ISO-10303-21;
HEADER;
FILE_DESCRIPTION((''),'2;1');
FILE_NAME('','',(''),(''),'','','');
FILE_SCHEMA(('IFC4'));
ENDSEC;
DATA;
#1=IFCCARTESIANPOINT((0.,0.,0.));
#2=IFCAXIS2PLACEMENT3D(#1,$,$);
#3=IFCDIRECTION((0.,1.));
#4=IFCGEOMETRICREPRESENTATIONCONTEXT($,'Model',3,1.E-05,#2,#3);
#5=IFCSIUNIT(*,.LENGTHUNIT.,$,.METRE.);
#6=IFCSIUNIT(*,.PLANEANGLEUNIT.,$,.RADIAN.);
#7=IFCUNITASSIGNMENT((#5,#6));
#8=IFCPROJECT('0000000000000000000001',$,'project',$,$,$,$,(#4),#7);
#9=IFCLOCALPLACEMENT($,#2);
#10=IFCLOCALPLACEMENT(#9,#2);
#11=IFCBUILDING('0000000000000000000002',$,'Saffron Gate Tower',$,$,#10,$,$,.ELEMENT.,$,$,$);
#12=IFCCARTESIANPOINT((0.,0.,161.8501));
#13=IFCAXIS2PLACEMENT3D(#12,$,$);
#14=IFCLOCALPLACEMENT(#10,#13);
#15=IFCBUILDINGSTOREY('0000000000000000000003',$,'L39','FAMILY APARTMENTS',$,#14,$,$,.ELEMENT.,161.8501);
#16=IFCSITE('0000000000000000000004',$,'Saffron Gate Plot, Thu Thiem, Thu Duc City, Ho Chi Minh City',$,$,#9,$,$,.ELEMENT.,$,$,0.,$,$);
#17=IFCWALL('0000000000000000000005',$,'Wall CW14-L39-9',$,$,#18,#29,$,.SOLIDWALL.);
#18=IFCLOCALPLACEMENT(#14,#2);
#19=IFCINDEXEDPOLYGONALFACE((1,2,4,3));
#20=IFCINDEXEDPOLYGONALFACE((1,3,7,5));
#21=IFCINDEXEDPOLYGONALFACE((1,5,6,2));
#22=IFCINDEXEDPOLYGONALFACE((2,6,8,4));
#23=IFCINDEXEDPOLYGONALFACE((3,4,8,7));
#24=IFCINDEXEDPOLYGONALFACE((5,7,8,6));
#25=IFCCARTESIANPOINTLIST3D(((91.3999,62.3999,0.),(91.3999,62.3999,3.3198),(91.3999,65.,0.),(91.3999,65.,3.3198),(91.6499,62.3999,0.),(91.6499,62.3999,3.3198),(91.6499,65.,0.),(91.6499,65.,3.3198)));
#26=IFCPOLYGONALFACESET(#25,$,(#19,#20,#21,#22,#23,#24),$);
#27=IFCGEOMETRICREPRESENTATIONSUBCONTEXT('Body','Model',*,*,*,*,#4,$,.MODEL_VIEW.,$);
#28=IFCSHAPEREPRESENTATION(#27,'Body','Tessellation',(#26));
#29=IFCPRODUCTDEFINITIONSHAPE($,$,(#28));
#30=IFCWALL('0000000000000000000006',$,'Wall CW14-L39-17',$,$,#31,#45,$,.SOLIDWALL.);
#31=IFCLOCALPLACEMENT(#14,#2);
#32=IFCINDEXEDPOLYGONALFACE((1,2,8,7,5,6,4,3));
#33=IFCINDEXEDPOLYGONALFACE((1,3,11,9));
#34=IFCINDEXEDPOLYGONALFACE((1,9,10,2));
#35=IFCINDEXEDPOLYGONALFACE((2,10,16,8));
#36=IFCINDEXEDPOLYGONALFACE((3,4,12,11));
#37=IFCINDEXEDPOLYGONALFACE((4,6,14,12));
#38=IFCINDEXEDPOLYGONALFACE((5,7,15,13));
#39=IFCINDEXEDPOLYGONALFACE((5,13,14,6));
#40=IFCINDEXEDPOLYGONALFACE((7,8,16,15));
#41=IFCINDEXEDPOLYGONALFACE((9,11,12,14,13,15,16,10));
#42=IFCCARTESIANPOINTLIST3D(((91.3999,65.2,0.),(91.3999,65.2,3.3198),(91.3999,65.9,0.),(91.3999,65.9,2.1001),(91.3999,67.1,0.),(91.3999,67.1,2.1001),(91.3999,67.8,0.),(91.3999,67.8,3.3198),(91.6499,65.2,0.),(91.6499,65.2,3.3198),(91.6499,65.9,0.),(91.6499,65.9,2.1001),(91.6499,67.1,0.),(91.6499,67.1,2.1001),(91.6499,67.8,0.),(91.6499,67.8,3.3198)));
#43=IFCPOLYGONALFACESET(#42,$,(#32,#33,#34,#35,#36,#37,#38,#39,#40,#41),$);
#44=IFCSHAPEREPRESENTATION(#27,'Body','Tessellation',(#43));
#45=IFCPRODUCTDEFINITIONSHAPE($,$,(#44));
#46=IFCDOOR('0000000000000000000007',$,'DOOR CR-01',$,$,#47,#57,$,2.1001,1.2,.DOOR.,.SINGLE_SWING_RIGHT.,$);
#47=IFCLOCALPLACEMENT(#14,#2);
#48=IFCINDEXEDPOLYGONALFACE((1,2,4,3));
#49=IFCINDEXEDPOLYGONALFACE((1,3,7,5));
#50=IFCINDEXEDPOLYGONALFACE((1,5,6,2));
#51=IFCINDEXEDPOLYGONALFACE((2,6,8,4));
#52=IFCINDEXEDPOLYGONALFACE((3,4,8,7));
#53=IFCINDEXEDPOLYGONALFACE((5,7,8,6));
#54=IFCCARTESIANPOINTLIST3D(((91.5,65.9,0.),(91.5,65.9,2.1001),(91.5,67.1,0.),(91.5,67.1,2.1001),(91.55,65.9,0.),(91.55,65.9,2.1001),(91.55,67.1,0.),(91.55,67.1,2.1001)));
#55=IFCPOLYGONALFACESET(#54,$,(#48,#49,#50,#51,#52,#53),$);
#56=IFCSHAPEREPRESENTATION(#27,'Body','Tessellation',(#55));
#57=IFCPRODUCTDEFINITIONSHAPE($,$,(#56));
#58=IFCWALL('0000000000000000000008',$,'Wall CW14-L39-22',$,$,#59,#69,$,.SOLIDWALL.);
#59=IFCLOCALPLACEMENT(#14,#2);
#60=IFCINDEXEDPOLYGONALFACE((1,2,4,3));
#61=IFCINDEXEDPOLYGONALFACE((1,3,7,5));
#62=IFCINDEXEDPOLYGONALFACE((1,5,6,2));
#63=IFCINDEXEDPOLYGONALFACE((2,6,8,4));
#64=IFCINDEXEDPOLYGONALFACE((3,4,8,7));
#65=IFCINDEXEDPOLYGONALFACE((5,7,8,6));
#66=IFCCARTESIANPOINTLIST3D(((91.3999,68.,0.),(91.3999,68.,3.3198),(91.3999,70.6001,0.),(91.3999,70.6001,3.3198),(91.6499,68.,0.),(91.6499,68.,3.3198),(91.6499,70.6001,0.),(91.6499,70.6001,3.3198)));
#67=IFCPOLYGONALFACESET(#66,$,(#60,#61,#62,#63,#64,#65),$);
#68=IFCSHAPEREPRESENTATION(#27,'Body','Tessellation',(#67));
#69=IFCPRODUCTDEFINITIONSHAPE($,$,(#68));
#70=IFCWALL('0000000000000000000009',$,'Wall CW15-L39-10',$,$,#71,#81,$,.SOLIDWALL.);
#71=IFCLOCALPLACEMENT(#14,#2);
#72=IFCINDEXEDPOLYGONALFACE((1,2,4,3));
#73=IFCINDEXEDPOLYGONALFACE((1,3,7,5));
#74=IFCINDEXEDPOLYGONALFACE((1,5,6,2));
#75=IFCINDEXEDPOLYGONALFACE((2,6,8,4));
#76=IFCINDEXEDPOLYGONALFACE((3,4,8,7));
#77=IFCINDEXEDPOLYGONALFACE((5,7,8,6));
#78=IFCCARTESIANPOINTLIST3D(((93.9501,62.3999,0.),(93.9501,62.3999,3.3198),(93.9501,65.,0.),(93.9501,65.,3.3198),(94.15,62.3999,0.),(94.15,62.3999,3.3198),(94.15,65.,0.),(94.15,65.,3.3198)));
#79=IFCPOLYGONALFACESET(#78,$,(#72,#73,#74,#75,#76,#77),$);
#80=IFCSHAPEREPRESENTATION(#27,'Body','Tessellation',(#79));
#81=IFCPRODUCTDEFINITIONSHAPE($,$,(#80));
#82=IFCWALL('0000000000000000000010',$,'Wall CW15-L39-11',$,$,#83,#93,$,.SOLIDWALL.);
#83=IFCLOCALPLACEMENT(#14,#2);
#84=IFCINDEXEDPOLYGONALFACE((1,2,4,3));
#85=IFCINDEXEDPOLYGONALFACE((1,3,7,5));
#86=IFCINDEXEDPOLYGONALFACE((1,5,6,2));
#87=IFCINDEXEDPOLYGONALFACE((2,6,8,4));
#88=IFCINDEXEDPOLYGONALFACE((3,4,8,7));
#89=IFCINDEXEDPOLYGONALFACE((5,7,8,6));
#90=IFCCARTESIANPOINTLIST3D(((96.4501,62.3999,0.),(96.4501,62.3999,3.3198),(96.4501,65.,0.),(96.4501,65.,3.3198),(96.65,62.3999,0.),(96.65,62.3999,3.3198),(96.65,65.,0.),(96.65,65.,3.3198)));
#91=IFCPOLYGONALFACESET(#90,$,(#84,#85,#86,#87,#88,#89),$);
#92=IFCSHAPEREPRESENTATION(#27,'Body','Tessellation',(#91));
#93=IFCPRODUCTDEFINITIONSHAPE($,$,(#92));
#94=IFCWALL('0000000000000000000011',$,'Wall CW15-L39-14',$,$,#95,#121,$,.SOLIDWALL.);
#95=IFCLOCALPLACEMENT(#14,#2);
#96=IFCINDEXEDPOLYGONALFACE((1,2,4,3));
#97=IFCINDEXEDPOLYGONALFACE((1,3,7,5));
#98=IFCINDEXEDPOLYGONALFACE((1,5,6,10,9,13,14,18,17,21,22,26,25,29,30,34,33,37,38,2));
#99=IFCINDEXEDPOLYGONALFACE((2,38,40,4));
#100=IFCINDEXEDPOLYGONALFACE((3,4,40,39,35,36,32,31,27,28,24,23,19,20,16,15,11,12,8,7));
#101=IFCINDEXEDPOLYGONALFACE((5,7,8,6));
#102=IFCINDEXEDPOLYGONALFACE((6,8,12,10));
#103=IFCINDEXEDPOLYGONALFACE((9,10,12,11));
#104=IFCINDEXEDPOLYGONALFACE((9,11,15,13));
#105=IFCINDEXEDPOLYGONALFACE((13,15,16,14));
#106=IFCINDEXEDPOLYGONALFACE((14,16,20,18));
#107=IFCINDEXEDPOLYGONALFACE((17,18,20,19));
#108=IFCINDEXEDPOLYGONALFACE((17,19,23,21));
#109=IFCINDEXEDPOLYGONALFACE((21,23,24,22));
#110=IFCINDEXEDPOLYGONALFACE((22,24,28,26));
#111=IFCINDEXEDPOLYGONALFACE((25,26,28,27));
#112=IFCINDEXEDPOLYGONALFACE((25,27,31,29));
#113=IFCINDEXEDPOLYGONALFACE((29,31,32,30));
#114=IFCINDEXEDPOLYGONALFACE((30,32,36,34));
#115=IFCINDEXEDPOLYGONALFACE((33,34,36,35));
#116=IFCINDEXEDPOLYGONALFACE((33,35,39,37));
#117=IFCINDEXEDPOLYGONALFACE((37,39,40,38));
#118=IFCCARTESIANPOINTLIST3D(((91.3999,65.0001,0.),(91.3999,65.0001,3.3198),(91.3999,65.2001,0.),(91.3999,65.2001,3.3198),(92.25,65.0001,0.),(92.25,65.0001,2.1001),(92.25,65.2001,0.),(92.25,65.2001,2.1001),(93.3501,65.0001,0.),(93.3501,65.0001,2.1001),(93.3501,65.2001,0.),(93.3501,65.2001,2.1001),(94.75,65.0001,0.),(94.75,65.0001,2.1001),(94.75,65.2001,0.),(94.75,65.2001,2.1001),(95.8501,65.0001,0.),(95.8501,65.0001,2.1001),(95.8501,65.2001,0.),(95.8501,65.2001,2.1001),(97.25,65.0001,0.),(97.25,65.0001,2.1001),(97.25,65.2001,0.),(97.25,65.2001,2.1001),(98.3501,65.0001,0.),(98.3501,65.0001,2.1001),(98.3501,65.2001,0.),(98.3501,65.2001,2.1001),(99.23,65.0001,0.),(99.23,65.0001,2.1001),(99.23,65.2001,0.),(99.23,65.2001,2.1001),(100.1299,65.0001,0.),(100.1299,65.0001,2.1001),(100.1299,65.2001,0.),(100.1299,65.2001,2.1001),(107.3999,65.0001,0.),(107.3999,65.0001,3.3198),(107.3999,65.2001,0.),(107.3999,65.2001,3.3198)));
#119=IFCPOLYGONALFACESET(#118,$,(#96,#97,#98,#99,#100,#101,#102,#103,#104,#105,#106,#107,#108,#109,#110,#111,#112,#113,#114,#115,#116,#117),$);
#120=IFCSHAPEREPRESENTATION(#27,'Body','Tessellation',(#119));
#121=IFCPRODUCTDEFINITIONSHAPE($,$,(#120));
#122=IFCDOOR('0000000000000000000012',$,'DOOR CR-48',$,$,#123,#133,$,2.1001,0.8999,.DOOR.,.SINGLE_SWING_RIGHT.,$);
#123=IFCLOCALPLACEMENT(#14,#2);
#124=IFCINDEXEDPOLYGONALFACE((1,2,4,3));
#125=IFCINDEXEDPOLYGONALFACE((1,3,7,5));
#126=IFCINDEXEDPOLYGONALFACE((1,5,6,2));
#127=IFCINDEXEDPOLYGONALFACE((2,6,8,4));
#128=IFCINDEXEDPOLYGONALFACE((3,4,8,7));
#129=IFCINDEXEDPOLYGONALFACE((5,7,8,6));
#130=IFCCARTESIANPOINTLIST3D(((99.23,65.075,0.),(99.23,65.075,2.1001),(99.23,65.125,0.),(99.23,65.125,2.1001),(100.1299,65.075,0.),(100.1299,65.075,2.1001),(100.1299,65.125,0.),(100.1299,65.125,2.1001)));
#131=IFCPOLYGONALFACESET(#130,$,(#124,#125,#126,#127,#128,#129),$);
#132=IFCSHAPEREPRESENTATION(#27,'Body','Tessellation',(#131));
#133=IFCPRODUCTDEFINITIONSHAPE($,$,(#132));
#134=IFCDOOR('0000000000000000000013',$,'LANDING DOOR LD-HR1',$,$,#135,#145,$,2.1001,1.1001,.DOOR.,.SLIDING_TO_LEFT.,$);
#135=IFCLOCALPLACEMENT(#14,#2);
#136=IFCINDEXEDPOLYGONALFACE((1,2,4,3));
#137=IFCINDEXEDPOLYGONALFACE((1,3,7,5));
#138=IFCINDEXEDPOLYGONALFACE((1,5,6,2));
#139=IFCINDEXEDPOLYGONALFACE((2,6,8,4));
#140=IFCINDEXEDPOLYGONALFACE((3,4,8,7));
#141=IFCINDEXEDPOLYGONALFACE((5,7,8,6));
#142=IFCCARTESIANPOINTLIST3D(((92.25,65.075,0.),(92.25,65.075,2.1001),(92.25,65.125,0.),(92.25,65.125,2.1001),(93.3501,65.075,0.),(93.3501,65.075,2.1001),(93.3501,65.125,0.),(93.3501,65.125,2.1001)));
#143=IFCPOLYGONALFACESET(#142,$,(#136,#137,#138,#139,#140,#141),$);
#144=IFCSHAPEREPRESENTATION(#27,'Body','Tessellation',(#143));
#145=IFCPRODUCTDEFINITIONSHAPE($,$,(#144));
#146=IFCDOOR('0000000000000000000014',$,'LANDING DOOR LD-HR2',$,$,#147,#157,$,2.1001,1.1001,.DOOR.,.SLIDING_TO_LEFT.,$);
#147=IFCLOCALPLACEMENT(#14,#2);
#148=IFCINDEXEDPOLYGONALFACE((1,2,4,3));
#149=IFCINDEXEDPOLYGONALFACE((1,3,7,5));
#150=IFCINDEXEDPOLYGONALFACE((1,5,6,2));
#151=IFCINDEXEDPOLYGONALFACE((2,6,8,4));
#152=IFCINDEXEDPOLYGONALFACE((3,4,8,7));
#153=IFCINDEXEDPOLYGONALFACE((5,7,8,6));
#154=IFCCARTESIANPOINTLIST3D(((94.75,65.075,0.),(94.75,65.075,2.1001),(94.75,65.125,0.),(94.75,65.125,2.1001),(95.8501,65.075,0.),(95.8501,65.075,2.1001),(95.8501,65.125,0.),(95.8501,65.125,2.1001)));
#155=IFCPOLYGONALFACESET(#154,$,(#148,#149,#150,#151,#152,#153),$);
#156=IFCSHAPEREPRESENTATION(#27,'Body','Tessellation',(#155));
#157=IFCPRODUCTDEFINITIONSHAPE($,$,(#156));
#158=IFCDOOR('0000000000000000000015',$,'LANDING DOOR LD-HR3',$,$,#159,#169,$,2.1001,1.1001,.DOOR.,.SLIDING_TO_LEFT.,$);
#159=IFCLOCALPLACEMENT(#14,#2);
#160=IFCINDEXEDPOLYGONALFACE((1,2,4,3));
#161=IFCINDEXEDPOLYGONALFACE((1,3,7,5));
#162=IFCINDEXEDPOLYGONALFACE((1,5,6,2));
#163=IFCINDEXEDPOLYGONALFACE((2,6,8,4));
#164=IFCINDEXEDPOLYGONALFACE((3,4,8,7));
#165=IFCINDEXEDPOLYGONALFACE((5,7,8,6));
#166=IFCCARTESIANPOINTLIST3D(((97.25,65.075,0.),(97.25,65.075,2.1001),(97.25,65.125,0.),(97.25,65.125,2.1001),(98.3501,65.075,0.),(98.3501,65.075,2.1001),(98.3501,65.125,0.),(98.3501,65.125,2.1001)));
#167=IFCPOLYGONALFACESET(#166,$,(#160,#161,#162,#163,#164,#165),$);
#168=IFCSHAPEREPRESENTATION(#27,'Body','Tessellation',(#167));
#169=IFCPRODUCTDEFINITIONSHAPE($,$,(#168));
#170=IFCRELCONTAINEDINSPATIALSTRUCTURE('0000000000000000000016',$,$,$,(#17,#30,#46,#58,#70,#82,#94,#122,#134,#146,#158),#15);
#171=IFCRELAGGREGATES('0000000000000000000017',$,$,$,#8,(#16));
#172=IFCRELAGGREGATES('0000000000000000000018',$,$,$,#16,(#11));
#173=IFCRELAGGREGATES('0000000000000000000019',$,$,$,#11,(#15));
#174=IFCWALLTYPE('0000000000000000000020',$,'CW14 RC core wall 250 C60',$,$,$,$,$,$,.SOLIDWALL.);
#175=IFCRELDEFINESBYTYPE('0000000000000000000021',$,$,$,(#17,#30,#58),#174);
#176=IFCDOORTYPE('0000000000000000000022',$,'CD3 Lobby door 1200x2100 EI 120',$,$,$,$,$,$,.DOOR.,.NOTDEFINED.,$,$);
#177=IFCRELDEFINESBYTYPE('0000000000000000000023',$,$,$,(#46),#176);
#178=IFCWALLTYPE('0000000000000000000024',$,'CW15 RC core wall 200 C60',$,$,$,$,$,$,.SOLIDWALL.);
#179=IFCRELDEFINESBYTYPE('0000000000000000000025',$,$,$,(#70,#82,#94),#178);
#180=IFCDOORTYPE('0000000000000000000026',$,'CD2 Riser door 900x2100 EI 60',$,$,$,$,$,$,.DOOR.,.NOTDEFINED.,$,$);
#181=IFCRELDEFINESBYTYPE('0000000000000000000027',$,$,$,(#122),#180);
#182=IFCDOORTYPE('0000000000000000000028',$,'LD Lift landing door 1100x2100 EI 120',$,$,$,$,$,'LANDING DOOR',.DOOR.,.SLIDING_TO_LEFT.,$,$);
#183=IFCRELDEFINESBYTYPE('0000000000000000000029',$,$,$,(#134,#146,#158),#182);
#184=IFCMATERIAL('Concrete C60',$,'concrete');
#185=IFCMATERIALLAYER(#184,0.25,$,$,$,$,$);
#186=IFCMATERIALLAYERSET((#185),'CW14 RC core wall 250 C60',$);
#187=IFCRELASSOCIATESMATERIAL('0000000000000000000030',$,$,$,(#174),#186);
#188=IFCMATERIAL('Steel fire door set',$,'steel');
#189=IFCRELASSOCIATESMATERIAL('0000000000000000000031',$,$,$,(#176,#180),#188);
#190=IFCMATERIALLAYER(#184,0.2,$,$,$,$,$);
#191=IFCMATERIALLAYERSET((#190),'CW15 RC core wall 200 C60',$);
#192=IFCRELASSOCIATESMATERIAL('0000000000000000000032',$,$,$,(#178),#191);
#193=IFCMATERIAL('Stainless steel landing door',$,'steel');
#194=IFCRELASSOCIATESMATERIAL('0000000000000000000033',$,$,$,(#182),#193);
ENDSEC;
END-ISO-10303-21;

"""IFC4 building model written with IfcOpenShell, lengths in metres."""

from ifc_helpers import new_model, si_unit, direction, frame, frame_2d, origin, place, context, subcontext, project, spatial, rectangle, extrude, material, layer, layer_set, type_object, element, fill, save


model = new_model("IFC4")

# Units and contexts
model_context = context("Model", 3, precision=1e-05, world=origin(), true_north=direction((0.0, 1.0)))
body_context = subcontext(model_context, "Body", "Model", "MODEL_VIEW")
ifc_project = project(units=[si_unit("LENGTHUNIT", "METRE"), si_unit("PLANEANGLEUNIT", "RADIAN")], contexts=[model_context])

# Site, building, storey
site_placement = place(None, origin())
site = spatial("IfcSite", under=ifc_project, at=site_placement, Name="Saffron Gate Plot, Thu Thiem, Thu Duc City, Ho Chi Minh City", CompositionType="ELEMENT", RefElevation=0.0)
building_placement = place(site_placement, origin())
building = spatial("IfcBuilding", under=site, at=building_placement, Name="Saffron Gate Tower", CompositionType="ELEMENT")
storey_placement = place(building_placement, frame((0.0, 0.0, 161.8501)))
storey = spatial("IfcBuildingStorey", under=building, at=storey_placement, Name="L39", Description="FAMILY APARTMENTS", CompositionType="ELEMENT", Elevation=161.8501)

# Wall
ifc_material_1 = material(Name="Concrete C60", Category="concrete")
ifc_layer_1 = layer(ifc_material_1, 0.25)
ifc_layer_set_1 = layer_set([ifc_layer_1], Name="CW14 RC core wall 250 C60")
wall_type_1 = type_object("IfcWallType", Name="CW14 RC core wall 250 C60", PredefinedType="SOLIDWALL", material=ifc_layer_set_1)
wall_1_placement = place(storey_placement, frame((91.5249, 62.3999, 0.0), z_axis=(0.0, 0.0, 1.0), x_axis=(0.0, 1.0, 0.0)))
element("IfcWall", 1, at=wall_1_placement, inside=storey, type_object=wall_type_1, Name="Wall CW14-L39-9", PredefinedType="SOLIDWALL", context=body_context, shape_type="SweptSolid", body=[
    extrude(rectangle(XDim=2.6001, YDim=0.25, at=frame_2d((1.3, 0.0))), origin(), (0.0, 0.0, 1.0), 3.3198),
])

# Wall, opening, door
wall_2_placement = place(storey_placement, frame((91.5249, 65.2, 0.0), z_axis=(0.0, 0.0, 1.0), x_axis=(0.0, 1.0, 0.0)))
wall_2 = element("IfcWall", 2, at=wall_2_placement, inside=storey, type_object=wall_type_1, Name="Wall CW14-L39-17", PredefinedType="SOLIDWALL", context=body_context, shape_type="SweptSolid", body=[
    extrude(rectangle(XDim=2.6001, YDim=0.25, at=frame_2d((1.3, 0.0))), origin(), (0.0, 0.0, 1.0), 3.3198),
])
opening_1_placement = place(wall_2_placement, frame((0.7, 0.0, 0.0)))
opening_1 = element("IfcOpeningElement", 3, at=opening_1_placement, cuts=wall_2, PredefinedType="OPENING", context=body_context, shape_type="SweptSolid", body=[
    extrude(rectangle(XDim=1.2, YDim=2.1001, at=frame_2d((0.6001, 1.05))), frame((0.0, 0.135, 0.0), z_axis=(0.0, -1.0, 0.0), x_axis=(1.0, 0.0, 0.0)), (0.0, 0.0, 1.0), 0.27),
])
ifc_material_2 = material(Name="Steel fire door set", Category="steel")
door_type_1 = type_object("IfcDoorType", Name="CD3 Lobby door 1200x2100 EI 120", OperationType="NOTDEFINED", PredefinedType="DOOR", material=ifc_material_2)
door_1_placement = place(opening_1_placement, origin())
door_1 = element("IfcDoor", 4, at=door_1_placement, inside=storey, type_object=door_type_1, Name="DOOR CR-01", OperationType="SINGLE_SWING_RIGHT", OverallHeight=2.1001, OverallWidth=1.2, PredefinedType="DOOR", context=body_context, shape_type="SweptSolid", body=[
    extrude(rectangle(XDim=1.2, YDim=2.1001, at=frame_2d((0.6001, 1.05))), frame((0.0, 0.0249, 0.0), z_axis=(0.0, -1.0, 0.0), x_axis=(1.0, 0.0, 0.0)), (0.0, 0.0, 1.0), 0.05),
])
fill(opening_1, door_1)

# Walls
wall_3_placement = place(storey_placement, frame((91.5249, 68.0, 0.0), z_axis=(0.0, 0.0, 1.0), x_axis=(0.0, 1.0, 0.0)))
element("IfcWall", 5, at=wall_3_placement, inside=storey, type_object=wall_type_1, Name="Wall CW14-L39-22", PredefinedType="SOLIDWALL", context=body_context, shape_type="SweptSolid", body=[
    extrude(rectangle(XDim=2.6001, YDim=0.25, at=frame_2d((1.3, 0.0))), origin(), (0.0, 0.0, 1.0), 3.3198),
])
ifc_layer_2 = layer(ifc_material_1, 0.2)
ifc_layer_set_2 = layer_set([ifc_layer_2], Name="CW15 RC core wall 200 C60")
wall_type_2 = type_object("IfcWallType", Name="CW15 RC core wall 200 C60", PredefinedType="SOLIDWALL", material=ifc_layer_set_2)
for number, where, z_axis, x_axis, name in (
    (6, (94.05, 62.3999, 0.0), (0.0, 0.0, 1.0), (0.0, 1.0, 0.0), "Wall CW15-L39-10"),
    (7, (96.55, 62.3999, 0.0), (0.0, 0.0, 1.0), (0.0, 1.0, 0.0), "Wall CW15-L39-11"),
):
    element("IfcWall", number, at=place(storey_placement, frame(where, z_axis=z_axis, x_axis=x_axis)), inside=storey, type_object=wall_type_2, Name=name, PredefinedType="SOLIDWALL", context=body_context, shape_type="SweptSolid", body=[
        extrude(rectangle(XDim=2.6001, YDim=0.2, at=frame_2d((1.3, 0.0))), origin(), (0.0, 0.0, 1.0), 3.3198),
    ])

# Wall, openings, doors
wall_4_placement = place(storey_placement, frame((91.3999, 65.1001, 0.0), z_axis=(0.0, 0.0, 1.0), x_axis=(1.0, 0.0, 0.0)))
wall_4 = element("IfcWall", 8, at=wall_4_placement, inside=storey, type_object=wall_type_2, Name="Wall CW15-L39-14", PredefinedType="SOLIDWALL", context=body_context, shape_type="SweptSolid", body=[
    extrude(rectangle(XDim=16.0, YDim=0.2, at=frame_2d((8.0, 0.0))), origin(), (0.0, 0.0, 1.0), 3.3198),
])
opening_2_placement = place(wall_4_placement, frame((0.8501, 0.0, 0.0)))
opening_2 = element("IfcOpeningElement", 9, at=opening_2_placement, cuts=wall_4, PredefinedType="OPENING", context=body_context, shape_type="SweptSolid", body=[
    extrude(rectangle(XDim=1.1001, YDim=2.1001, at=frame_2d((0.55, 1.05))), frame((0.0, 0.1099, 0.0), z_axis=(0.0, -1.0, 0.0), x_axis=(1.0, 0.0, 0.0)), (0.0, 0.0, 1.0), 0.22),
])
opening_3_placement = place(wall_4_placement, frame((3.3501, 0.0, 0.0)))
opening_3 = element("IfcOpeningElement", 10, at=opening_3_placement, cuts=wall_4, PredefinedType="OPENING", context=body_context, shape_type="SweptSolid", body=[
    extrude(rectangle(XDim=1.1001, YDim=2.1001, at=frame_2d((0.55, 1.05))), frame((0.0, 0.1099, 0.0), z_axis=(0.0, -1.0, 0.0), x_axis=(1.0, 0.0, 0.0)), (0.0, 0.0, 1.0), 0.22),
])
opening_4_placement = place(wall_4_placement, frame((5.8501, 0.0, 0.0)))
opening_4 = element("IfcOpeningElement", 11, at=opening_4_placement, cuts=wall_4, PredefinedType="OPENING", context=body_context, shape_type="SweptSolid", body=[
    extrude(rectangle(XDim=1.1001, YDim=2.1001, at=frame_2d((0.55, 1.05))), frame((0.0, 0.1099, 0.0), z_axis=(0.0, -1.0, 0.0), x_axis=(1.0, 0.0, 0.0)), (0.0, 0.0, 1.0), 0.22),
])
opening_5_placement = place(wall_4_placement, frame((7.8301, 0.0, 0.0)))
opening_5 = element("IfcOpeningElement", 12, at=opening_5_placement, cuts=wall_4, PredefinedType="OPENING", context=body_context, shape_type="SweptSolid", body=[
    extrude(rectangle(XDim=0.8999, YDim=2.1001, at=frame_2d((0.45, 1.05))), frame((0.0, 0.1099, 0.0), z_axis=(0.0, -1.0, 0.0), x_axis=(1.0, 0.0, 0.0)), (0.0, 0.0, 1.0), 0.22),
])
door_type_2 = type_object("IfcDoorType", Name="CD2 Riser door 900x2100 EI 60", OperationType="NOTDEFINED", PredefinedType="DOOR", material=ifc_material_2)
door_2_placement = place(opening_5_placement, origin())
door_2 = element("IfcDoor", 13, at=door_2_placement, inside=storey, type_object=door_type_2, Name="DOOR CR-48", OperationType="SINGLE_SWING_RIGHT", OverallHeight=2.1001, OverallWidth=0.8999, PredefinedType="DOOR", context=body_context, shape_type="SweptSolid", body=[
    extrude(rectangle(XDim=0.8999, YDim=2.1001, at=frame_2d((0.45, 1.05))), frame((0.0, 0.0249, 0.0), z_axis=(0.0, -1.0, 0.0), x_axis=(1.0, 0.0, 0.0)), (0.0, 0.0, 1.0), 0.05),
])
fill(opening_5, door_2)
ifc_material_3 = material(Name="Stainless steel landing door", Category="steel")
door_type_3 = type_object("IfcDoorType", Name="LD Lift landing door 1100x2100 EI 120", ElementType="LANDING DOOR", OperationType="SLIDING_TO_LEFT", PredefinedType="DOOR", material=ifc_material_3)
door_3_placement = place(opening_2_placement, origin())
door_3 = element("IfcDoor", 14, at=door_3_placement, inside=storey, type_object=door_type_3, Name="LANDING DOOR LD-HR1", OperationType="SLIDING_TO_LEFT", OverallHeight=2.1001, OverallWidth=1.1001, PredefinedType="DOOR", context=body_context, shape_type="SweptSolid", body=[
    extrude(rectangle(XDim=1.1001, YDim=2.1001, at=frame_2d((0.55, 1.05))), frame((0.0, 0.0249, 0.0), z_axis=(0.0, -1.0, 0.0), x_axis=(1.0, 0.0, 0.0)), (0.0, 0.0, 1.0), 0.05),
])
fill(opening_2, door_3)
door_4_placement = place(opening_3_placement, origin())
door_4 = element("IfcDoor", 15, at=door_4_placement, inside=storey, type_object=door_type_3, Name="LANDING DOOR LD-HR2", OperationType="SLIDING_TO_LEFT", OverallHeight=2.1001, OverallWidth=1.1001, PredefinedType="DOOR", context=body_context, shape_type="SweptSolid", body=[
    extrude(rectangle(XDim=1.1001, YDim=2.1001, at=frame_2d((0.55, 1.05))), frame((0.0, 0.0249, 0.0), z_axis=(0.0, -1.0, 0.0), x_axis=(1.0, 0.0, 0.0)), (0.0, 0.0, 1.0), 0.05),
])
fill(opening_3, door_4)
door_5_placement = place(opening_4_placement, origin())
door_5 = element("IfcDoor", 16, at=door_5_placement, inside=storey, type_object=door_type_3, Name="LANDING DOOR LD-HR3", OperationType="SLIDING_TO_LEFT", OverallHeight=2.1001, OverallWidth=1.1001, PredefinedType="DOOR", context=body_context, shape_type="SweptSolid", body=[
    extrude(rectangle(XDim=1.1001, YDim=2.1001, at=frame_2d((0.55, 1.05))), frame((0.0, 0.0249, 0.0), z_axis=(0.0, -1.0, 0.0), x_axis=(1.0, 0.0, 0.0)), (0.0, 0.0, 1.0), 0.05),
])
fill(opening_4, door_5)

save(model, "model.ifc")
